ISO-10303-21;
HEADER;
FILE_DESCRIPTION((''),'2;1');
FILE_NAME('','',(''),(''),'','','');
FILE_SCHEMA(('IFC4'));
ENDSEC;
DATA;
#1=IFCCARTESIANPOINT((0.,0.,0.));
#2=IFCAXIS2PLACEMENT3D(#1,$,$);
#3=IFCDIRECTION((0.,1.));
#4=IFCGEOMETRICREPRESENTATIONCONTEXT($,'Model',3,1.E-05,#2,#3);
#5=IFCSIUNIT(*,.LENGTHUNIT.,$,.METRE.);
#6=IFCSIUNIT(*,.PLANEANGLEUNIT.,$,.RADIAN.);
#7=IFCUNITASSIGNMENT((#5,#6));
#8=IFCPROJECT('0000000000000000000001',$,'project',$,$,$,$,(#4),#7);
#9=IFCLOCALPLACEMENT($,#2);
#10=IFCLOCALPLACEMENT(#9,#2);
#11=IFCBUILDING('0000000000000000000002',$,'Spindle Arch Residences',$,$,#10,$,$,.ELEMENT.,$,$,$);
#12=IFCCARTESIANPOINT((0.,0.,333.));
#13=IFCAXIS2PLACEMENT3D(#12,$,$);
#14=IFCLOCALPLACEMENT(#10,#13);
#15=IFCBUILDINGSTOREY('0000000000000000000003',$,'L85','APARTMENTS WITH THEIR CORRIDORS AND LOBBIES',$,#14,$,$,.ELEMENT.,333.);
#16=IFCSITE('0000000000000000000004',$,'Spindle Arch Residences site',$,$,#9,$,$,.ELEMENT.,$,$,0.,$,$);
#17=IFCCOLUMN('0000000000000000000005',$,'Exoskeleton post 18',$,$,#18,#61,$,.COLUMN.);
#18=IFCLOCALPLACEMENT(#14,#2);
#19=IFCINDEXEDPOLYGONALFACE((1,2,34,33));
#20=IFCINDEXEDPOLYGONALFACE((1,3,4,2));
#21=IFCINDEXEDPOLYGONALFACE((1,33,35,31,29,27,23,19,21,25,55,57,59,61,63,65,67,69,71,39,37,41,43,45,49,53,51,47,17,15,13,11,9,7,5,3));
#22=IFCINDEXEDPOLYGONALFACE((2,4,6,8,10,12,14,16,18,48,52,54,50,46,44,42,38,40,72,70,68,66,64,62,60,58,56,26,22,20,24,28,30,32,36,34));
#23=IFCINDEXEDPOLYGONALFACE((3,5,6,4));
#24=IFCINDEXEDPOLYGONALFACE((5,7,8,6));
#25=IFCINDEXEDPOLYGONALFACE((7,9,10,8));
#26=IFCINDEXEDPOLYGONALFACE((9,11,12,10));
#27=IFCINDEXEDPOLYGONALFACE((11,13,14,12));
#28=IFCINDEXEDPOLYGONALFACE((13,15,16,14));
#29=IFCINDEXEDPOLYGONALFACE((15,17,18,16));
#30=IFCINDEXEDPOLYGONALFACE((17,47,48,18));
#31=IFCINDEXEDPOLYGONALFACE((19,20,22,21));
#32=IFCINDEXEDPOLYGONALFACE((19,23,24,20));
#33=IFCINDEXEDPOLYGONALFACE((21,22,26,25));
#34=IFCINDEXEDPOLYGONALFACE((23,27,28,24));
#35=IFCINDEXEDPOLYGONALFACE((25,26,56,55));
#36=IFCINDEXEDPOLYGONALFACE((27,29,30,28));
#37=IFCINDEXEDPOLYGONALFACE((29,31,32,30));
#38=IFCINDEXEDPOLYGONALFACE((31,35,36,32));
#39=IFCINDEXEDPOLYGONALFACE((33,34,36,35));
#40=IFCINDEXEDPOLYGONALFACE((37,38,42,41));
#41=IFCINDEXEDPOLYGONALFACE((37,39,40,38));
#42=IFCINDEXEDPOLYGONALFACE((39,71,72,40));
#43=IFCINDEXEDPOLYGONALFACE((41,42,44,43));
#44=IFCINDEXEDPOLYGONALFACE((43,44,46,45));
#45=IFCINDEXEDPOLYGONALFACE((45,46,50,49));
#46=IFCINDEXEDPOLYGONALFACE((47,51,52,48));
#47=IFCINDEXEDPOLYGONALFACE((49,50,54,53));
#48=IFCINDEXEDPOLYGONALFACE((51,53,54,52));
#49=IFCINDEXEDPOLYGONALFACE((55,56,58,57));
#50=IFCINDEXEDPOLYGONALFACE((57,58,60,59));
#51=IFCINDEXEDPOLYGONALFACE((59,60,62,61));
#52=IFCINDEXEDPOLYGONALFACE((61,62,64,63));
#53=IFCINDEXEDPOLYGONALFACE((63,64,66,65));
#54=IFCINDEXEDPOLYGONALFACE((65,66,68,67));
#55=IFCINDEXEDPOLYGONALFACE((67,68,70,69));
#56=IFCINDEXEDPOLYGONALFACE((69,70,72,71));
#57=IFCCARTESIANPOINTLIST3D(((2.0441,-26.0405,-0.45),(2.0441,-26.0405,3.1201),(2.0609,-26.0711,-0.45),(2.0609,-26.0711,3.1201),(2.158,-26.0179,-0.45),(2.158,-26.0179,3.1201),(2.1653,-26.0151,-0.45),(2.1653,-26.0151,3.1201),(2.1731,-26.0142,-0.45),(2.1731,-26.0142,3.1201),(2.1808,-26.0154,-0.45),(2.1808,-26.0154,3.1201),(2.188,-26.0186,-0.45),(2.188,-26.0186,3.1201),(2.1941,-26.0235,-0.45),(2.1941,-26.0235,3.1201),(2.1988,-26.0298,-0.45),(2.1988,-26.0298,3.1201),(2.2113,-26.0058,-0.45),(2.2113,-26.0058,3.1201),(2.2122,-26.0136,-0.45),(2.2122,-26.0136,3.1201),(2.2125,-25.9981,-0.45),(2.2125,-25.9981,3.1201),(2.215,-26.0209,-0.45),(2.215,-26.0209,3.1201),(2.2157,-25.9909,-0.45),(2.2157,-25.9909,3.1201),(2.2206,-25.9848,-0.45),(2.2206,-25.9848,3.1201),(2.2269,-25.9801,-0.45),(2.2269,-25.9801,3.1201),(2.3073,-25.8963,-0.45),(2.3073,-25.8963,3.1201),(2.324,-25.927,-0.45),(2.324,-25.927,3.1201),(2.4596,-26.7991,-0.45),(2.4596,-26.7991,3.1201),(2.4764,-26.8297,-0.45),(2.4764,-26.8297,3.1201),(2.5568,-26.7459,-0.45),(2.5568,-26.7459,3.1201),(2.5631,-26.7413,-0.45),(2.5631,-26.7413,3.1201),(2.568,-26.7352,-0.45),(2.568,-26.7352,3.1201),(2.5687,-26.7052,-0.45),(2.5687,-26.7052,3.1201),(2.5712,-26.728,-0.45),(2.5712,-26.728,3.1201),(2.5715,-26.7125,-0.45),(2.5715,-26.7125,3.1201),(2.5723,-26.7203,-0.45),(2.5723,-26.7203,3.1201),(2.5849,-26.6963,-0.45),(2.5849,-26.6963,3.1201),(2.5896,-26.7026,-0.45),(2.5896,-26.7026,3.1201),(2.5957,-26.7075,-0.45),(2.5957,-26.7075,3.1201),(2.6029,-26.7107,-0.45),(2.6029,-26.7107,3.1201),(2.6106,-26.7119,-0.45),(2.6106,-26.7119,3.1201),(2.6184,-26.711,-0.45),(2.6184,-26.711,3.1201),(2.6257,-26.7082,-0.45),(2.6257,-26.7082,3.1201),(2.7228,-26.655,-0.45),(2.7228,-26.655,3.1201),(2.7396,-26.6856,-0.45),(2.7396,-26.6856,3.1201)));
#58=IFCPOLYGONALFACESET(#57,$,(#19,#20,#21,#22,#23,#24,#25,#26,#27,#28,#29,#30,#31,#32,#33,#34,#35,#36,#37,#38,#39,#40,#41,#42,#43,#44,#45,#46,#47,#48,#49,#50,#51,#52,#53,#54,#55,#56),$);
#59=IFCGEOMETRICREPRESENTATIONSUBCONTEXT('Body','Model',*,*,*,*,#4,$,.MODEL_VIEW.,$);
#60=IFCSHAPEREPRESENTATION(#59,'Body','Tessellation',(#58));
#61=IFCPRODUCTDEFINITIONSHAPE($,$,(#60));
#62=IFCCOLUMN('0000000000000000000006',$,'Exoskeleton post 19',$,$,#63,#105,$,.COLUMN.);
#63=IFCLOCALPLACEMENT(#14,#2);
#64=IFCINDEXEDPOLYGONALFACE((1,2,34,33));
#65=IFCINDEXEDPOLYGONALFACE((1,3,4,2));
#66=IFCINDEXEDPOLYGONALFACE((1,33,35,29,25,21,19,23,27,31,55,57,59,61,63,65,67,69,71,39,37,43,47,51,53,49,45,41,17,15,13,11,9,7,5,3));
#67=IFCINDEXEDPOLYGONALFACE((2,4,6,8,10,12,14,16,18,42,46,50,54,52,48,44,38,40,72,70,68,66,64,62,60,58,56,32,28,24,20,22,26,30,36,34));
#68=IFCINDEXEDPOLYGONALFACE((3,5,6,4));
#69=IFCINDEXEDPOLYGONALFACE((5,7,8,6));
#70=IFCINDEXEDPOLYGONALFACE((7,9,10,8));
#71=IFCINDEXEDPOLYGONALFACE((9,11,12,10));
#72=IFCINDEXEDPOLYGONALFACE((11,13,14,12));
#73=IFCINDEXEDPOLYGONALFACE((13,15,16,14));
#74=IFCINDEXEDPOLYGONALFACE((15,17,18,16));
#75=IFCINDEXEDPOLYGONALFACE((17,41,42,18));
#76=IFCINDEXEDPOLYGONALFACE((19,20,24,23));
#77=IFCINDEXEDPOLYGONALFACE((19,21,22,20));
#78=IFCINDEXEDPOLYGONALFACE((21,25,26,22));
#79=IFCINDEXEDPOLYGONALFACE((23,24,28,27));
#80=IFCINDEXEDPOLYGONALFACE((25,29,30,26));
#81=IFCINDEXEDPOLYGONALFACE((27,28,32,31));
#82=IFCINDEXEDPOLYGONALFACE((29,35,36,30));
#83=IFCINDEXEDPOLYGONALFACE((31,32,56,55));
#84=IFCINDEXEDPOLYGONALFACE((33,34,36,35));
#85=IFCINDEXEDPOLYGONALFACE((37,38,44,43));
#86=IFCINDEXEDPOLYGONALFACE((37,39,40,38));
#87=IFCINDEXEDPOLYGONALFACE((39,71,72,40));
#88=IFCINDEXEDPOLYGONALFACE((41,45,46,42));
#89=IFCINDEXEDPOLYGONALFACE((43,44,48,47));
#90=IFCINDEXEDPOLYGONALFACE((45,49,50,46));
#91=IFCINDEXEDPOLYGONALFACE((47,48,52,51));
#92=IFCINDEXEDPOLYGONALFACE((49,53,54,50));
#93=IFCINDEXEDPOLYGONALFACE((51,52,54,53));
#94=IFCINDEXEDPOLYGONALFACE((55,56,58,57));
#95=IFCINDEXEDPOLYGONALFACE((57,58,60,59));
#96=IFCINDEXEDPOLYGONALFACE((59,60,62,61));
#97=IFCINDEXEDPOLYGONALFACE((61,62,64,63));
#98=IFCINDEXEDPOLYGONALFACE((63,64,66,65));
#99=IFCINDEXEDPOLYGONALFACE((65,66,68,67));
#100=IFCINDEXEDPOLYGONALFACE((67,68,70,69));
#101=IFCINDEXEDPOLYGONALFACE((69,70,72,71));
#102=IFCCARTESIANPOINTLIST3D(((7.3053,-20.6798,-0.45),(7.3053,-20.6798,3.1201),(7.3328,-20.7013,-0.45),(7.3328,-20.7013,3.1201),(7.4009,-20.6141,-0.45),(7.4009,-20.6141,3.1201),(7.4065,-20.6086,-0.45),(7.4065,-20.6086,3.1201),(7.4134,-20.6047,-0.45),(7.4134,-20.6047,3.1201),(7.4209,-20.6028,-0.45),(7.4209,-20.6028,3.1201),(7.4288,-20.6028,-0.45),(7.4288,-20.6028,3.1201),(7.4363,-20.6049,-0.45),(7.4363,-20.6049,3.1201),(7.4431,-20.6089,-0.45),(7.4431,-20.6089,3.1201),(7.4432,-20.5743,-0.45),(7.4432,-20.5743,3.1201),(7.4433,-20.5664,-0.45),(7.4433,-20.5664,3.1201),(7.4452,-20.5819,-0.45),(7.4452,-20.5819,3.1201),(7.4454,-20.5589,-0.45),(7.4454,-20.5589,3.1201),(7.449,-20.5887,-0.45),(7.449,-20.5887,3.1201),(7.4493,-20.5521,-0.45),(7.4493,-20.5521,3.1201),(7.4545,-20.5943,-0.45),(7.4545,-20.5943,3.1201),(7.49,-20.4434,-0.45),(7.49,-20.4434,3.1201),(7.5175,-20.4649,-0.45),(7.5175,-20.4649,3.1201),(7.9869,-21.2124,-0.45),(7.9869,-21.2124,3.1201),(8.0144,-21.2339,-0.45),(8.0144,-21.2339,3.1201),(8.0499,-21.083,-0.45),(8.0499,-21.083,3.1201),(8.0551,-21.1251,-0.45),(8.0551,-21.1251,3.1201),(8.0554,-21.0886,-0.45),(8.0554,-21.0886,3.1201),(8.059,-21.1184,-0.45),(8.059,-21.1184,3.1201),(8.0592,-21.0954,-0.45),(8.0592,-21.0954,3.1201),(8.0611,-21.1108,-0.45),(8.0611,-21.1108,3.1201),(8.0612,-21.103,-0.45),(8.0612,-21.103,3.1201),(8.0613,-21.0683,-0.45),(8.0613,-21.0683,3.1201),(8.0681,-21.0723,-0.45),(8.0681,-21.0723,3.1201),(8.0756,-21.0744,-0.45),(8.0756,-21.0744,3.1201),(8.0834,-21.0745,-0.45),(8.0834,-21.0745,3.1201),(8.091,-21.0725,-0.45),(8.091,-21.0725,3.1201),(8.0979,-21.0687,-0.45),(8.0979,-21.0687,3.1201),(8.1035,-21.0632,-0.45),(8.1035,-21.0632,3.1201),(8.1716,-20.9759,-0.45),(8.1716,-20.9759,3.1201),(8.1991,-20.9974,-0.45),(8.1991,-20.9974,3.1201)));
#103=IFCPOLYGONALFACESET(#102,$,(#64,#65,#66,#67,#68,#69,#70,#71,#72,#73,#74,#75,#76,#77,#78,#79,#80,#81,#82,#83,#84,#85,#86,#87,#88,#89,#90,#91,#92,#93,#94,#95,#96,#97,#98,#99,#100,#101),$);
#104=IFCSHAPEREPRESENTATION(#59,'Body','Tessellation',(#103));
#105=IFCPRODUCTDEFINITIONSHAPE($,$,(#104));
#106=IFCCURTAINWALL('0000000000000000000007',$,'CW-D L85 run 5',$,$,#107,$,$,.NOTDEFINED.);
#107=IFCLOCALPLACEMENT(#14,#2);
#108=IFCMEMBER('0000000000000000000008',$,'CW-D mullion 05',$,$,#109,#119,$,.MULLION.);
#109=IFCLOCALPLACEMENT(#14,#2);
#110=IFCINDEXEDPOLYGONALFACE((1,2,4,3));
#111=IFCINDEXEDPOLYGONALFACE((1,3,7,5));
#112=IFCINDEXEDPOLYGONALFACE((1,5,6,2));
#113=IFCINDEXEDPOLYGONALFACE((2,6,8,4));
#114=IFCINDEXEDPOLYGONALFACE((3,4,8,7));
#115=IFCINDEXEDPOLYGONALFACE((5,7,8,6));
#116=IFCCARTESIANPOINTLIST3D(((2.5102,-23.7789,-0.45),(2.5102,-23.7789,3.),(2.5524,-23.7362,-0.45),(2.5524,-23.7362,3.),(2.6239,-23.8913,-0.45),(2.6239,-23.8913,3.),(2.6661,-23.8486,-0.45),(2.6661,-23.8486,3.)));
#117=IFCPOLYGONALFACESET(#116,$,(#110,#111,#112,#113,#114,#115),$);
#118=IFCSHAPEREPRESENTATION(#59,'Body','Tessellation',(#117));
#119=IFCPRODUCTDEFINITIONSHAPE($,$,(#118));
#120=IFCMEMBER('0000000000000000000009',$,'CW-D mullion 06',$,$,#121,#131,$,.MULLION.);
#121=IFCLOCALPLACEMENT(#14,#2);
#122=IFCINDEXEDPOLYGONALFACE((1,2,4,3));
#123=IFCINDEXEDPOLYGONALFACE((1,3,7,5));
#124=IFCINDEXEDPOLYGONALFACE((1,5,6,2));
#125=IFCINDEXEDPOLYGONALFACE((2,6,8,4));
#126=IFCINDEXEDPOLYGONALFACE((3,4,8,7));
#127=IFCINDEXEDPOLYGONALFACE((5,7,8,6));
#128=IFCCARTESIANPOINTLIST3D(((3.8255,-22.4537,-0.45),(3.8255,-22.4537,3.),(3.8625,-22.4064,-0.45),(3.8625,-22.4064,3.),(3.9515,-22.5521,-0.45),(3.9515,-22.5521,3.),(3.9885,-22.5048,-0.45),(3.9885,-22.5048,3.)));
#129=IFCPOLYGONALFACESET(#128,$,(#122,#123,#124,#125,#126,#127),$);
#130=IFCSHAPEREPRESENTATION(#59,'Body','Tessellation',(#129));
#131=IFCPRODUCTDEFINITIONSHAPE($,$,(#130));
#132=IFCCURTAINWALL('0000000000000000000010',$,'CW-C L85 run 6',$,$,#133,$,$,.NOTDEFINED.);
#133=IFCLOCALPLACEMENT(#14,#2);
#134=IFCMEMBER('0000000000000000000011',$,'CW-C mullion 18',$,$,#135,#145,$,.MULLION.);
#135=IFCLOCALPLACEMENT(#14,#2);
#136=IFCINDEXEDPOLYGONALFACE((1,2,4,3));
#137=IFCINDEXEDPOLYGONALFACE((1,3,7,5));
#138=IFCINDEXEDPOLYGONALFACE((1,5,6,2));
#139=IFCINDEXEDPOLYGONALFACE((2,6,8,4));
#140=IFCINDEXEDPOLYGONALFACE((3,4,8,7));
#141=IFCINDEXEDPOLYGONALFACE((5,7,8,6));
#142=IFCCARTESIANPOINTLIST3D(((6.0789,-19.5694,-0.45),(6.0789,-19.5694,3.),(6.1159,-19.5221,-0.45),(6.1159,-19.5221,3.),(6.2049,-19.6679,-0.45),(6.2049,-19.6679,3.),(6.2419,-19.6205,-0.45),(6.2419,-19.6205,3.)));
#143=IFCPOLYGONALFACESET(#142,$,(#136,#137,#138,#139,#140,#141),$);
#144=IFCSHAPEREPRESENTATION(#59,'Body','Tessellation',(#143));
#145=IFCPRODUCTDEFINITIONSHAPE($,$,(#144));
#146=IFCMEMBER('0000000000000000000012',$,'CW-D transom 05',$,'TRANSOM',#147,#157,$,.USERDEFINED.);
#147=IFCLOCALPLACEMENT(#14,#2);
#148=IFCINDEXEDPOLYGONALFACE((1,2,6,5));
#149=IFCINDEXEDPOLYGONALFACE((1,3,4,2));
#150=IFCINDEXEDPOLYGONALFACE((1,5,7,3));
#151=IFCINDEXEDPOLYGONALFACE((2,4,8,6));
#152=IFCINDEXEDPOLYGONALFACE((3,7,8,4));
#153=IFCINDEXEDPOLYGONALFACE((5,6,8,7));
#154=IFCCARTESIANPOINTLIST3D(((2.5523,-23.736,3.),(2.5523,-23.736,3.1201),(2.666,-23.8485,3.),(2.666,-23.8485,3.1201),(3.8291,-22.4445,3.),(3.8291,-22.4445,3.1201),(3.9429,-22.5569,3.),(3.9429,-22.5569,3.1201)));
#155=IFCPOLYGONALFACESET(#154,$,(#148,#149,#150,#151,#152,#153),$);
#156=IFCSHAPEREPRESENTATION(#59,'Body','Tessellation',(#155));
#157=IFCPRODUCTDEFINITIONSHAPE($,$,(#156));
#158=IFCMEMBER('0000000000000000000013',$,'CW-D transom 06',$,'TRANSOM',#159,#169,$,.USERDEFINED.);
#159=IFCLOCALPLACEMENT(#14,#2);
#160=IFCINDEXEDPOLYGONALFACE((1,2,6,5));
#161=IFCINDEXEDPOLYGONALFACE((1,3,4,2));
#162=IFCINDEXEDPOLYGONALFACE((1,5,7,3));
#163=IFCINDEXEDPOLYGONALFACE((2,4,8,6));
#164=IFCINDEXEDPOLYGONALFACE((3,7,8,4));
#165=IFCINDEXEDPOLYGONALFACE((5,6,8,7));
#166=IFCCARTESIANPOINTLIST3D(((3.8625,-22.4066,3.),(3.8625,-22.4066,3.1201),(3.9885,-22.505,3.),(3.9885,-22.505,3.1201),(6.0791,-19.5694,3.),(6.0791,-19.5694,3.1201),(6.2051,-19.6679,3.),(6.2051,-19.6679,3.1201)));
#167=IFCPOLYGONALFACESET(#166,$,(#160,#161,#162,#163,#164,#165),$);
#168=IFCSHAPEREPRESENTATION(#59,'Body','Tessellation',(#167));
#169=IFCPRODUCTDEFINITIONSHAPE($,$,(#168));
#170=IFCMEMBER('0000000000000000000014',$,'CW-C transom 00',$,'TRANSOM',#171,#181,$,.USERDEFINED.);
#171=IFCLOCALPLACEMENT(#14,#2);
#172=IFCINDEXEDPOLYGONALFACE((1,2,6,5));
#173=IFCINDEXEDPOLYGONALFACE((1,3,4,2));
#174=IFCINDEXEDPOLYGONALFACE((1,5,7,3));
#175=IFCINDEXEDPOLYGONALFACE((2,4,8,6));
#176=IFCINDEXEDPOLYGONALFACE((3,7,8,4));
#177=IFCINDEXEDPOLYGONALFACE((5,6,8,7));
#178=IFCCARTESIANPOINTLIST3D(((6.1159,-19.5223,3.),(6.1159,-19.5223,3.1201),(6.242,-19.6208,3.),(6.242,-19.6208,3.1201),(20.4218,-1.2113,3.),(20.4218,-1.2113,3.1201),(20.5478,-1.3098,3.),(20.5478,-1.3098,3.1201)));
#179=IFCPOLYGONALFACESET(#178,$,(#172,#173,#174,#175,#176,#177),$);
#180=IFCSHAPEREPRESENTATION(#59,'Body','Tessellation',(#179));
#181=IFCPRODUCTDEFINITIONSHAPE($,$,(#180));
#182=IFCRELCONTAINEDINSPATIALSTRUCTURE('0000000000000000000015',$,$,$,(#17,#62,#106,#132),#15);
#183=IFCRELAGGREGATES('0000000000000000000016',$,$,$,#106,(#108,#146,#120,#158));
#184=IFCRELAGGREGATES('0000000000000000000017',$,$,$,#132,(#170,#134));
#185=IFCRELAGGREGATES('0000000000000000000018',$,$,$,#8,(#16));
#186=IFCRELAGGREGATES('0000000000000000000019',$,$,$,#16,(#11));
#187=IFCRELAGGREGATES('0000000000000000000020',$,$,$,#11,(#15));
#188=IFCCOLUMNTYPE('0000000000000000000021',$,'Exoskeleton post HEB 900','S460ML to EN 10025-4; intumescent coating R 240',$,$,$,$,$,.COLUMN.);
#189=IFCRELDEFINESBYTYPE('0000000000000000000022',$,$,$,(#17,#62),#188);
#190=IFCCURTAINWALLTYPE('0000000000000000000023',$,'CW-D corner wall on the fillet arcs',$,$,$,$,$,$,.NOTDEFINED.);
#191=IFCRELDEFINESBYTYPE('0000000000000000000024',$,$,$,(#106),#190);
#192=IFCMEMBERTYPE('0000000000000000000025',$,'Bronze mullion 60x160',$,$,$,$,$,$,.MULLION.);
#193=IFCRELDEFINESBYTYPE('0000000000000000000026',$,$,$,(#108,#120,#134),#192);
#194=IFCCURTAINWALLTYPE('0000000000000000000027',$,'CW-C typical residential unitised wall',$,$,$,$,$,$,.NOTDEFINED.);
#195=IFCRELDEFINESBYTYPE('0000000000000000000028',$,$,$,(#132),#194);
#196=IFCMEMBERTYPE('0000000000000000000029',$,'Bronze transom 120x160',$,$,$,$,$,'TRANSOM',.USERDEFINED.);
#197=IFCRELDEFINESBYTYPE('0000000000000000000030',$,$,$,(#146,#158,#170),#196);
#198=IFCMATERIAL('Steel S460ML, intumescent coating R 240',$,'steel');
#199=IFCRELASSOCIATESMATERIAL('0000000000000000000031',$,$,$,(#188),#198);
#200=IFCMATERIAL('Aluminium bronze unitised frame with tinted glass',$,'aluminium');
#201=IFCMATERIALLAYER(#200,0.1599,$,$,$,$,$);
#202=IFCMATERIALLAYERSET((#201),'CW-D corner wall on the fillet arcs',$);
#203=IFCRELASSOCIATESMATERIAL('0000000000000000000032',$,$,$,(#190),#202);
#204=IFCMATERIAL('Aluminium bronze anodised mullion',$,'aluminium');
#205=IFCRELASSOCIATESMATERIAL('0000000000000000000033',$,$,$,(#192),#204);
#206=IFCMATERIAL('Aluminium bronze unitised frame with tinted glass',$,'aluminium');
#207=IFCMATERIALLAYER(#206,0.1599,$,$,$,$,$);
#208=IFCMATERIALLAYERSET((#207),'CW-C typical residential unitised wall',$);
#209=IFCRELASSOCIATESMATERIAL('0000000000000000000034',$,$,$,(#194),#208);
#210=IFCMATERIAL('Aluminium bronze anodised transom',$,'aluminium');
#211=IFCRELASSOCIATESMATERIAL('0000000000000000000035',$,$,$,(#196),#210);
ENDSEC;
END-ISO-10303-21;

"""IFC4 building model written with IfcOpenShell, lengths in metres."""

from ifc_helpers import new_model, si_unit, direction, frame, origin, origin_2d, place, context, subcontext, project, spatial, rectangle, i_section, extrude, material, layer, layer_set, material_profile, profile_set, type_object, element, aggregate, save


model = new_model("IFC4")

# Units and contexts
model_context = context("Model", 3, precision=1e-05, world=origin(), true_north=direction((0.0, 1.0)))
body_context = subcontext(model_context, "Body", "Model", "MODEL_VIEW")
ifc_project = project(units=[si_unit("LENGTHUNIT", "METRE"), si_unit("PLANEANGLEUNIT", "RADIAN")], contexts=[model_context])

# Site, building, storey
site_placement = place(None, origin())
site = spatial("IfcSite", under=ifc_project, at=site_placement, Name="Spindle Arch Residences site", CompositionType="ELEMENT", RefElevation=0.0)
building_placement = place(site_placement, origin())
building = spatial("IfcBuilding", under=site, at=building_placement, Name="Spindle Arch Residences", CompositionType="ELEMENT")
storey_placement = place(building_placement, frame((0.0, 0.0, 333.0)))
storey = spatial("IfcBuildingStorey", under=building, at=storey_placement, Name="L85", Description="APARTMENTS WITH THEIR CORRIDORS AND LOBBIES", CompositionType="ELEMENT", Elevation=333.0)

# Columns
ifc_material_1 = material(Name="Steel S460ML, intumescent coating R 240", Category="steel")
ifc_material_profile_1 = material_profile(ifc_material_1, i_section(OverallWidth=0.3, OverallDepth=0.8999, WebThickness=0.0186, FlangeThickness=0.0349, FilletRadius=0.03, at=origin_2d()), Name="HEB 900")
ifc_profile_set_1 = profile_set([ifc_material_profile_1], Name="Steel S460ML, intumescent coating R 240")
column_type = type_object("IfcColumnType", Name="Exoskeleton post HEB 900", Description="S460ML to EN 10025-4; intumescent coating R 240", PredefinedType="COLUMN", material=ifc_profile_set_1)
for number, where, z_axis, x_axis, name in (
    (1, (2.3918, -26.363, -0.45), (0.0, 0.0, 1.0), (-0.877055, -0.480389, 0.0), "Exoskeleton post 18"),
    (2, (7.7522, -20.8386, -0.45), (0.0, 0.0, 1.0), (-0.615661, -0.788011, 0.0), "Exoskeleton post 19"),
):
    element("IfcColumn", number, at=place(storey_placement, frame(where, z_axis=z_axis, x_axis=x_axis)), inside=storey, type_object=column_type, Name=name, PredefinedType="COLUMN", context=body_context, shape_type="SweptSolid", body=[
        extrude(i_section(OverallWidth=0.3, OverallDepth=0.8999, WebThickness=0.0186, FlangeThickness=0.0349, FilletRadius=0.03, at=origin_2d()), origin(), (0.0, 0.0, 1.0), 3.5701),
    ])

# Curtain wall, members
ifc_material_2 = material(Name="Aluminium bronze unitised frame with tinted glass", Category="aluminium")
ifc_layer_1 = layer(ifc_material_2, 0.1599)
ifc_layer_set_1 = layer_set([ifc_layer_1], Name="CW-D corner wall on the fillet arcs")
curtain_wall_type_1 = type_object("IfcCurtainWallType", Name="CW-D corner wall on the fillet arcs", PredefinedType="NOTDEFINED", material=ifc_layer_set_1)
curtain_wall_1_placement = place(storey_placement, origin())
curtain_wall_1 = element("IfcCurtainWall", 3, at=curtain_wall_1_placement, inside=storey, type_object=curtain_wall_type_1, Name="CW-D L85 run 5", PredefinedType="NOTDEFINED")
ifc_material_3 = material(Name="Aluminium bronze anodised mullion", Category="aluminium")
ifc_material_profile_2 = material_profile(ifc_material_3, rectangle(XDim=0.1599, YDim=0.0601, at=origin_2d()), Name="MU 60x160")
ifc_profile_set_2 = profile_set([ifc_material_profile_2], Name="Aluminium bronze anodised mullion")
member_type_1 = type_object("IfcMemberType", Name="Bronze mullion 60x160", PredefinedType="MULLION", material=ifc_profile_set_2)
member_1_placement = place(storey_placement, frame((2.5881, -23.8137, -0.45), z_axis=(0.0, 0.0, 1.0), x_axis=(-0.711209, 0.702981, 0.0)))
member_1 = element("IfcMember", 4, at=member_1_placement, type_object=member_type_1, Name="CW-D mullion 05", PredefinedType="MULLION", context=body_context, shape_type="SweptSolid", body=[
    extrude(rectangle(XDim=0.1599, YDim=0.0601, at=origin_2d()), origin(), (0.0, 0.0, 1.0), 3.45),
])
member_2_placement = place(storey_placement, frame((3.907, -22.4792, -0.45), z_axis=(0.0, 0.0, 1.0), x_axis=(-0.788011, 0.615661, 0.0)))
member_2 = element("IfcMember", 5, at=member_2_placement, type_object=member_type_1, Name="CW-D mullion 06", PredefinedType="MULLION", context=body_context, shape_type="SweptSolid", body=[
    extrude(rectangle(XDim=0.1599, YDim=0.0601, at=origin_2d()), origin(), (0.0, 0.0, 1.0), 3.45),
])

# Curtain wall, member
ifc_material_4 = material(Name="Aluminium bronze unitised frame with tinted glass", Category="aluminium")
ifc_layer_2 = layer(ifc_material_4, 0.1599)
ifc_layer_set_2 = layer_set([ifc_layer_2], Name="CW-C typical residential unitised wall")
curtain_wall_type_2 = type_object("IfcCurtainWallType", Name="CW-C typical residential unitised wall", PredefinedType="NOTDEFINED", material=ifc_layer_set_2)
curtain_wall_2_placement = place(storey_placement, origin())
curtain_wall_2 = element("IfcCurtainWall", 6, at=curtain_wall_2_placement, inside=storey, type_object=curtain_wall_type_2, Name="CW-C L85 run 6", PredefinedType="NOTDEFINED")
member_3_placement = place(storey_placement, frame((6.1604, -19.595, -0.45), z_axis=(0.0, 0.0, 1.0), x_axis=(-0.788011, 0.615661, 0.0)))
member_3 = element("IfcMember", 7, at=member_3_placement, type_object=member_type_1, Name="CW-C mullion 18", PredefinedType="MULLION", context=body_context, shape_type="SweptSolid", body=[
    extrude(rectangle(XDim=0.1599, YDim=0.0601, at=origin_2d()), origin(), (0.0, 0.0, 1.0), 3.45),
])

# Members
ifc_material_5 = material(Name="Aluminium bronze anodised transom", Category="aluminium")
ifc_material_profile_3 = material_profile(ifc_material_5, rectangle(XDim=0.1599, YDim=0.1201, at=origin_2d()), Name="TR 120x160")
ifc_profile_set_3 = profile_set([ifc_material_profile_3], Name="Aluminium bronze anodised transom")
member_type_2 = type_object("IfcMemberType", Name="Bronze transom 120x160", ElementType="TRANSOM", PredefinedType="USERDEFINED", material=ifc_profile_set_3)
member_4_placement = place(storey_placement, frame((2.6091, -23.7922, 3.0601), z_axis=(0.703062, 0.711128, 0.0), x_axis=(-0.711128, 0.703062, 0.0)))
member_4 = element("IfcMember", 8, at=member_4_placement, type_object=member_type_2, Name="CW-D transom 05", ObjectType="TRANSOM", PredefinedType="USERDEFINED", context=body_context, shape_type="SweptSolid", body=[
    extrude(rectangle(XDim=0.1599, YDim=0.1201, at=origin_2d()), origin(), (0.0, 0.0, 1.0), 1.8162),
])
member_5_placement = place(storey_placement, frame((3.9255, -22.4558, 3.0601), z_axis=(0.615648, 0.788021, 0.0), x_axis=(-0.788021, 0.615648, 0.0)))
member_5 = element("IfcMember", 9, at=member_5_placement, type_object=member_type_2, Name="CW-D transom 06", ObjectType="TRANSOM", PredefinedType="USERDEFINED", context=body_context, shape_type="SweptSolid", body=[
    extrude(rectangle(XDim=0.1599, YDim=0.1201, at=origin_2d()), origin(), (0.0, 0.0, 1.0), 3.6003),
])
member_6_placement = place(storey_placement, frame((6.179, -19.5715, 3.0601), z_axis=(0.615655, 0.788016, 0.0), x_axis=(-0.788016, 0.615655, 0.0)))
member_6 = element("IfcMember", 10, at=member_6_placement, type_object=member_type_2, Name="CW-C transom 00", ObjectType="TRANSOM", PredefinedType="USERDEFINED", context=body_context, shape_type="SweptSolid", body=[
    extrude(rectangle(XDim=0.1599, YDim=0.1201, at=origin_2d()), origin(), (0.0, 0.0, 1.0), 23.2368),
])

aggregate(curtain_wall_1, [member_1, member_4, member_2, member_5])
aggregate(curtain_wall_2, [member_6, member_3])

save(model, "model.ifc")
